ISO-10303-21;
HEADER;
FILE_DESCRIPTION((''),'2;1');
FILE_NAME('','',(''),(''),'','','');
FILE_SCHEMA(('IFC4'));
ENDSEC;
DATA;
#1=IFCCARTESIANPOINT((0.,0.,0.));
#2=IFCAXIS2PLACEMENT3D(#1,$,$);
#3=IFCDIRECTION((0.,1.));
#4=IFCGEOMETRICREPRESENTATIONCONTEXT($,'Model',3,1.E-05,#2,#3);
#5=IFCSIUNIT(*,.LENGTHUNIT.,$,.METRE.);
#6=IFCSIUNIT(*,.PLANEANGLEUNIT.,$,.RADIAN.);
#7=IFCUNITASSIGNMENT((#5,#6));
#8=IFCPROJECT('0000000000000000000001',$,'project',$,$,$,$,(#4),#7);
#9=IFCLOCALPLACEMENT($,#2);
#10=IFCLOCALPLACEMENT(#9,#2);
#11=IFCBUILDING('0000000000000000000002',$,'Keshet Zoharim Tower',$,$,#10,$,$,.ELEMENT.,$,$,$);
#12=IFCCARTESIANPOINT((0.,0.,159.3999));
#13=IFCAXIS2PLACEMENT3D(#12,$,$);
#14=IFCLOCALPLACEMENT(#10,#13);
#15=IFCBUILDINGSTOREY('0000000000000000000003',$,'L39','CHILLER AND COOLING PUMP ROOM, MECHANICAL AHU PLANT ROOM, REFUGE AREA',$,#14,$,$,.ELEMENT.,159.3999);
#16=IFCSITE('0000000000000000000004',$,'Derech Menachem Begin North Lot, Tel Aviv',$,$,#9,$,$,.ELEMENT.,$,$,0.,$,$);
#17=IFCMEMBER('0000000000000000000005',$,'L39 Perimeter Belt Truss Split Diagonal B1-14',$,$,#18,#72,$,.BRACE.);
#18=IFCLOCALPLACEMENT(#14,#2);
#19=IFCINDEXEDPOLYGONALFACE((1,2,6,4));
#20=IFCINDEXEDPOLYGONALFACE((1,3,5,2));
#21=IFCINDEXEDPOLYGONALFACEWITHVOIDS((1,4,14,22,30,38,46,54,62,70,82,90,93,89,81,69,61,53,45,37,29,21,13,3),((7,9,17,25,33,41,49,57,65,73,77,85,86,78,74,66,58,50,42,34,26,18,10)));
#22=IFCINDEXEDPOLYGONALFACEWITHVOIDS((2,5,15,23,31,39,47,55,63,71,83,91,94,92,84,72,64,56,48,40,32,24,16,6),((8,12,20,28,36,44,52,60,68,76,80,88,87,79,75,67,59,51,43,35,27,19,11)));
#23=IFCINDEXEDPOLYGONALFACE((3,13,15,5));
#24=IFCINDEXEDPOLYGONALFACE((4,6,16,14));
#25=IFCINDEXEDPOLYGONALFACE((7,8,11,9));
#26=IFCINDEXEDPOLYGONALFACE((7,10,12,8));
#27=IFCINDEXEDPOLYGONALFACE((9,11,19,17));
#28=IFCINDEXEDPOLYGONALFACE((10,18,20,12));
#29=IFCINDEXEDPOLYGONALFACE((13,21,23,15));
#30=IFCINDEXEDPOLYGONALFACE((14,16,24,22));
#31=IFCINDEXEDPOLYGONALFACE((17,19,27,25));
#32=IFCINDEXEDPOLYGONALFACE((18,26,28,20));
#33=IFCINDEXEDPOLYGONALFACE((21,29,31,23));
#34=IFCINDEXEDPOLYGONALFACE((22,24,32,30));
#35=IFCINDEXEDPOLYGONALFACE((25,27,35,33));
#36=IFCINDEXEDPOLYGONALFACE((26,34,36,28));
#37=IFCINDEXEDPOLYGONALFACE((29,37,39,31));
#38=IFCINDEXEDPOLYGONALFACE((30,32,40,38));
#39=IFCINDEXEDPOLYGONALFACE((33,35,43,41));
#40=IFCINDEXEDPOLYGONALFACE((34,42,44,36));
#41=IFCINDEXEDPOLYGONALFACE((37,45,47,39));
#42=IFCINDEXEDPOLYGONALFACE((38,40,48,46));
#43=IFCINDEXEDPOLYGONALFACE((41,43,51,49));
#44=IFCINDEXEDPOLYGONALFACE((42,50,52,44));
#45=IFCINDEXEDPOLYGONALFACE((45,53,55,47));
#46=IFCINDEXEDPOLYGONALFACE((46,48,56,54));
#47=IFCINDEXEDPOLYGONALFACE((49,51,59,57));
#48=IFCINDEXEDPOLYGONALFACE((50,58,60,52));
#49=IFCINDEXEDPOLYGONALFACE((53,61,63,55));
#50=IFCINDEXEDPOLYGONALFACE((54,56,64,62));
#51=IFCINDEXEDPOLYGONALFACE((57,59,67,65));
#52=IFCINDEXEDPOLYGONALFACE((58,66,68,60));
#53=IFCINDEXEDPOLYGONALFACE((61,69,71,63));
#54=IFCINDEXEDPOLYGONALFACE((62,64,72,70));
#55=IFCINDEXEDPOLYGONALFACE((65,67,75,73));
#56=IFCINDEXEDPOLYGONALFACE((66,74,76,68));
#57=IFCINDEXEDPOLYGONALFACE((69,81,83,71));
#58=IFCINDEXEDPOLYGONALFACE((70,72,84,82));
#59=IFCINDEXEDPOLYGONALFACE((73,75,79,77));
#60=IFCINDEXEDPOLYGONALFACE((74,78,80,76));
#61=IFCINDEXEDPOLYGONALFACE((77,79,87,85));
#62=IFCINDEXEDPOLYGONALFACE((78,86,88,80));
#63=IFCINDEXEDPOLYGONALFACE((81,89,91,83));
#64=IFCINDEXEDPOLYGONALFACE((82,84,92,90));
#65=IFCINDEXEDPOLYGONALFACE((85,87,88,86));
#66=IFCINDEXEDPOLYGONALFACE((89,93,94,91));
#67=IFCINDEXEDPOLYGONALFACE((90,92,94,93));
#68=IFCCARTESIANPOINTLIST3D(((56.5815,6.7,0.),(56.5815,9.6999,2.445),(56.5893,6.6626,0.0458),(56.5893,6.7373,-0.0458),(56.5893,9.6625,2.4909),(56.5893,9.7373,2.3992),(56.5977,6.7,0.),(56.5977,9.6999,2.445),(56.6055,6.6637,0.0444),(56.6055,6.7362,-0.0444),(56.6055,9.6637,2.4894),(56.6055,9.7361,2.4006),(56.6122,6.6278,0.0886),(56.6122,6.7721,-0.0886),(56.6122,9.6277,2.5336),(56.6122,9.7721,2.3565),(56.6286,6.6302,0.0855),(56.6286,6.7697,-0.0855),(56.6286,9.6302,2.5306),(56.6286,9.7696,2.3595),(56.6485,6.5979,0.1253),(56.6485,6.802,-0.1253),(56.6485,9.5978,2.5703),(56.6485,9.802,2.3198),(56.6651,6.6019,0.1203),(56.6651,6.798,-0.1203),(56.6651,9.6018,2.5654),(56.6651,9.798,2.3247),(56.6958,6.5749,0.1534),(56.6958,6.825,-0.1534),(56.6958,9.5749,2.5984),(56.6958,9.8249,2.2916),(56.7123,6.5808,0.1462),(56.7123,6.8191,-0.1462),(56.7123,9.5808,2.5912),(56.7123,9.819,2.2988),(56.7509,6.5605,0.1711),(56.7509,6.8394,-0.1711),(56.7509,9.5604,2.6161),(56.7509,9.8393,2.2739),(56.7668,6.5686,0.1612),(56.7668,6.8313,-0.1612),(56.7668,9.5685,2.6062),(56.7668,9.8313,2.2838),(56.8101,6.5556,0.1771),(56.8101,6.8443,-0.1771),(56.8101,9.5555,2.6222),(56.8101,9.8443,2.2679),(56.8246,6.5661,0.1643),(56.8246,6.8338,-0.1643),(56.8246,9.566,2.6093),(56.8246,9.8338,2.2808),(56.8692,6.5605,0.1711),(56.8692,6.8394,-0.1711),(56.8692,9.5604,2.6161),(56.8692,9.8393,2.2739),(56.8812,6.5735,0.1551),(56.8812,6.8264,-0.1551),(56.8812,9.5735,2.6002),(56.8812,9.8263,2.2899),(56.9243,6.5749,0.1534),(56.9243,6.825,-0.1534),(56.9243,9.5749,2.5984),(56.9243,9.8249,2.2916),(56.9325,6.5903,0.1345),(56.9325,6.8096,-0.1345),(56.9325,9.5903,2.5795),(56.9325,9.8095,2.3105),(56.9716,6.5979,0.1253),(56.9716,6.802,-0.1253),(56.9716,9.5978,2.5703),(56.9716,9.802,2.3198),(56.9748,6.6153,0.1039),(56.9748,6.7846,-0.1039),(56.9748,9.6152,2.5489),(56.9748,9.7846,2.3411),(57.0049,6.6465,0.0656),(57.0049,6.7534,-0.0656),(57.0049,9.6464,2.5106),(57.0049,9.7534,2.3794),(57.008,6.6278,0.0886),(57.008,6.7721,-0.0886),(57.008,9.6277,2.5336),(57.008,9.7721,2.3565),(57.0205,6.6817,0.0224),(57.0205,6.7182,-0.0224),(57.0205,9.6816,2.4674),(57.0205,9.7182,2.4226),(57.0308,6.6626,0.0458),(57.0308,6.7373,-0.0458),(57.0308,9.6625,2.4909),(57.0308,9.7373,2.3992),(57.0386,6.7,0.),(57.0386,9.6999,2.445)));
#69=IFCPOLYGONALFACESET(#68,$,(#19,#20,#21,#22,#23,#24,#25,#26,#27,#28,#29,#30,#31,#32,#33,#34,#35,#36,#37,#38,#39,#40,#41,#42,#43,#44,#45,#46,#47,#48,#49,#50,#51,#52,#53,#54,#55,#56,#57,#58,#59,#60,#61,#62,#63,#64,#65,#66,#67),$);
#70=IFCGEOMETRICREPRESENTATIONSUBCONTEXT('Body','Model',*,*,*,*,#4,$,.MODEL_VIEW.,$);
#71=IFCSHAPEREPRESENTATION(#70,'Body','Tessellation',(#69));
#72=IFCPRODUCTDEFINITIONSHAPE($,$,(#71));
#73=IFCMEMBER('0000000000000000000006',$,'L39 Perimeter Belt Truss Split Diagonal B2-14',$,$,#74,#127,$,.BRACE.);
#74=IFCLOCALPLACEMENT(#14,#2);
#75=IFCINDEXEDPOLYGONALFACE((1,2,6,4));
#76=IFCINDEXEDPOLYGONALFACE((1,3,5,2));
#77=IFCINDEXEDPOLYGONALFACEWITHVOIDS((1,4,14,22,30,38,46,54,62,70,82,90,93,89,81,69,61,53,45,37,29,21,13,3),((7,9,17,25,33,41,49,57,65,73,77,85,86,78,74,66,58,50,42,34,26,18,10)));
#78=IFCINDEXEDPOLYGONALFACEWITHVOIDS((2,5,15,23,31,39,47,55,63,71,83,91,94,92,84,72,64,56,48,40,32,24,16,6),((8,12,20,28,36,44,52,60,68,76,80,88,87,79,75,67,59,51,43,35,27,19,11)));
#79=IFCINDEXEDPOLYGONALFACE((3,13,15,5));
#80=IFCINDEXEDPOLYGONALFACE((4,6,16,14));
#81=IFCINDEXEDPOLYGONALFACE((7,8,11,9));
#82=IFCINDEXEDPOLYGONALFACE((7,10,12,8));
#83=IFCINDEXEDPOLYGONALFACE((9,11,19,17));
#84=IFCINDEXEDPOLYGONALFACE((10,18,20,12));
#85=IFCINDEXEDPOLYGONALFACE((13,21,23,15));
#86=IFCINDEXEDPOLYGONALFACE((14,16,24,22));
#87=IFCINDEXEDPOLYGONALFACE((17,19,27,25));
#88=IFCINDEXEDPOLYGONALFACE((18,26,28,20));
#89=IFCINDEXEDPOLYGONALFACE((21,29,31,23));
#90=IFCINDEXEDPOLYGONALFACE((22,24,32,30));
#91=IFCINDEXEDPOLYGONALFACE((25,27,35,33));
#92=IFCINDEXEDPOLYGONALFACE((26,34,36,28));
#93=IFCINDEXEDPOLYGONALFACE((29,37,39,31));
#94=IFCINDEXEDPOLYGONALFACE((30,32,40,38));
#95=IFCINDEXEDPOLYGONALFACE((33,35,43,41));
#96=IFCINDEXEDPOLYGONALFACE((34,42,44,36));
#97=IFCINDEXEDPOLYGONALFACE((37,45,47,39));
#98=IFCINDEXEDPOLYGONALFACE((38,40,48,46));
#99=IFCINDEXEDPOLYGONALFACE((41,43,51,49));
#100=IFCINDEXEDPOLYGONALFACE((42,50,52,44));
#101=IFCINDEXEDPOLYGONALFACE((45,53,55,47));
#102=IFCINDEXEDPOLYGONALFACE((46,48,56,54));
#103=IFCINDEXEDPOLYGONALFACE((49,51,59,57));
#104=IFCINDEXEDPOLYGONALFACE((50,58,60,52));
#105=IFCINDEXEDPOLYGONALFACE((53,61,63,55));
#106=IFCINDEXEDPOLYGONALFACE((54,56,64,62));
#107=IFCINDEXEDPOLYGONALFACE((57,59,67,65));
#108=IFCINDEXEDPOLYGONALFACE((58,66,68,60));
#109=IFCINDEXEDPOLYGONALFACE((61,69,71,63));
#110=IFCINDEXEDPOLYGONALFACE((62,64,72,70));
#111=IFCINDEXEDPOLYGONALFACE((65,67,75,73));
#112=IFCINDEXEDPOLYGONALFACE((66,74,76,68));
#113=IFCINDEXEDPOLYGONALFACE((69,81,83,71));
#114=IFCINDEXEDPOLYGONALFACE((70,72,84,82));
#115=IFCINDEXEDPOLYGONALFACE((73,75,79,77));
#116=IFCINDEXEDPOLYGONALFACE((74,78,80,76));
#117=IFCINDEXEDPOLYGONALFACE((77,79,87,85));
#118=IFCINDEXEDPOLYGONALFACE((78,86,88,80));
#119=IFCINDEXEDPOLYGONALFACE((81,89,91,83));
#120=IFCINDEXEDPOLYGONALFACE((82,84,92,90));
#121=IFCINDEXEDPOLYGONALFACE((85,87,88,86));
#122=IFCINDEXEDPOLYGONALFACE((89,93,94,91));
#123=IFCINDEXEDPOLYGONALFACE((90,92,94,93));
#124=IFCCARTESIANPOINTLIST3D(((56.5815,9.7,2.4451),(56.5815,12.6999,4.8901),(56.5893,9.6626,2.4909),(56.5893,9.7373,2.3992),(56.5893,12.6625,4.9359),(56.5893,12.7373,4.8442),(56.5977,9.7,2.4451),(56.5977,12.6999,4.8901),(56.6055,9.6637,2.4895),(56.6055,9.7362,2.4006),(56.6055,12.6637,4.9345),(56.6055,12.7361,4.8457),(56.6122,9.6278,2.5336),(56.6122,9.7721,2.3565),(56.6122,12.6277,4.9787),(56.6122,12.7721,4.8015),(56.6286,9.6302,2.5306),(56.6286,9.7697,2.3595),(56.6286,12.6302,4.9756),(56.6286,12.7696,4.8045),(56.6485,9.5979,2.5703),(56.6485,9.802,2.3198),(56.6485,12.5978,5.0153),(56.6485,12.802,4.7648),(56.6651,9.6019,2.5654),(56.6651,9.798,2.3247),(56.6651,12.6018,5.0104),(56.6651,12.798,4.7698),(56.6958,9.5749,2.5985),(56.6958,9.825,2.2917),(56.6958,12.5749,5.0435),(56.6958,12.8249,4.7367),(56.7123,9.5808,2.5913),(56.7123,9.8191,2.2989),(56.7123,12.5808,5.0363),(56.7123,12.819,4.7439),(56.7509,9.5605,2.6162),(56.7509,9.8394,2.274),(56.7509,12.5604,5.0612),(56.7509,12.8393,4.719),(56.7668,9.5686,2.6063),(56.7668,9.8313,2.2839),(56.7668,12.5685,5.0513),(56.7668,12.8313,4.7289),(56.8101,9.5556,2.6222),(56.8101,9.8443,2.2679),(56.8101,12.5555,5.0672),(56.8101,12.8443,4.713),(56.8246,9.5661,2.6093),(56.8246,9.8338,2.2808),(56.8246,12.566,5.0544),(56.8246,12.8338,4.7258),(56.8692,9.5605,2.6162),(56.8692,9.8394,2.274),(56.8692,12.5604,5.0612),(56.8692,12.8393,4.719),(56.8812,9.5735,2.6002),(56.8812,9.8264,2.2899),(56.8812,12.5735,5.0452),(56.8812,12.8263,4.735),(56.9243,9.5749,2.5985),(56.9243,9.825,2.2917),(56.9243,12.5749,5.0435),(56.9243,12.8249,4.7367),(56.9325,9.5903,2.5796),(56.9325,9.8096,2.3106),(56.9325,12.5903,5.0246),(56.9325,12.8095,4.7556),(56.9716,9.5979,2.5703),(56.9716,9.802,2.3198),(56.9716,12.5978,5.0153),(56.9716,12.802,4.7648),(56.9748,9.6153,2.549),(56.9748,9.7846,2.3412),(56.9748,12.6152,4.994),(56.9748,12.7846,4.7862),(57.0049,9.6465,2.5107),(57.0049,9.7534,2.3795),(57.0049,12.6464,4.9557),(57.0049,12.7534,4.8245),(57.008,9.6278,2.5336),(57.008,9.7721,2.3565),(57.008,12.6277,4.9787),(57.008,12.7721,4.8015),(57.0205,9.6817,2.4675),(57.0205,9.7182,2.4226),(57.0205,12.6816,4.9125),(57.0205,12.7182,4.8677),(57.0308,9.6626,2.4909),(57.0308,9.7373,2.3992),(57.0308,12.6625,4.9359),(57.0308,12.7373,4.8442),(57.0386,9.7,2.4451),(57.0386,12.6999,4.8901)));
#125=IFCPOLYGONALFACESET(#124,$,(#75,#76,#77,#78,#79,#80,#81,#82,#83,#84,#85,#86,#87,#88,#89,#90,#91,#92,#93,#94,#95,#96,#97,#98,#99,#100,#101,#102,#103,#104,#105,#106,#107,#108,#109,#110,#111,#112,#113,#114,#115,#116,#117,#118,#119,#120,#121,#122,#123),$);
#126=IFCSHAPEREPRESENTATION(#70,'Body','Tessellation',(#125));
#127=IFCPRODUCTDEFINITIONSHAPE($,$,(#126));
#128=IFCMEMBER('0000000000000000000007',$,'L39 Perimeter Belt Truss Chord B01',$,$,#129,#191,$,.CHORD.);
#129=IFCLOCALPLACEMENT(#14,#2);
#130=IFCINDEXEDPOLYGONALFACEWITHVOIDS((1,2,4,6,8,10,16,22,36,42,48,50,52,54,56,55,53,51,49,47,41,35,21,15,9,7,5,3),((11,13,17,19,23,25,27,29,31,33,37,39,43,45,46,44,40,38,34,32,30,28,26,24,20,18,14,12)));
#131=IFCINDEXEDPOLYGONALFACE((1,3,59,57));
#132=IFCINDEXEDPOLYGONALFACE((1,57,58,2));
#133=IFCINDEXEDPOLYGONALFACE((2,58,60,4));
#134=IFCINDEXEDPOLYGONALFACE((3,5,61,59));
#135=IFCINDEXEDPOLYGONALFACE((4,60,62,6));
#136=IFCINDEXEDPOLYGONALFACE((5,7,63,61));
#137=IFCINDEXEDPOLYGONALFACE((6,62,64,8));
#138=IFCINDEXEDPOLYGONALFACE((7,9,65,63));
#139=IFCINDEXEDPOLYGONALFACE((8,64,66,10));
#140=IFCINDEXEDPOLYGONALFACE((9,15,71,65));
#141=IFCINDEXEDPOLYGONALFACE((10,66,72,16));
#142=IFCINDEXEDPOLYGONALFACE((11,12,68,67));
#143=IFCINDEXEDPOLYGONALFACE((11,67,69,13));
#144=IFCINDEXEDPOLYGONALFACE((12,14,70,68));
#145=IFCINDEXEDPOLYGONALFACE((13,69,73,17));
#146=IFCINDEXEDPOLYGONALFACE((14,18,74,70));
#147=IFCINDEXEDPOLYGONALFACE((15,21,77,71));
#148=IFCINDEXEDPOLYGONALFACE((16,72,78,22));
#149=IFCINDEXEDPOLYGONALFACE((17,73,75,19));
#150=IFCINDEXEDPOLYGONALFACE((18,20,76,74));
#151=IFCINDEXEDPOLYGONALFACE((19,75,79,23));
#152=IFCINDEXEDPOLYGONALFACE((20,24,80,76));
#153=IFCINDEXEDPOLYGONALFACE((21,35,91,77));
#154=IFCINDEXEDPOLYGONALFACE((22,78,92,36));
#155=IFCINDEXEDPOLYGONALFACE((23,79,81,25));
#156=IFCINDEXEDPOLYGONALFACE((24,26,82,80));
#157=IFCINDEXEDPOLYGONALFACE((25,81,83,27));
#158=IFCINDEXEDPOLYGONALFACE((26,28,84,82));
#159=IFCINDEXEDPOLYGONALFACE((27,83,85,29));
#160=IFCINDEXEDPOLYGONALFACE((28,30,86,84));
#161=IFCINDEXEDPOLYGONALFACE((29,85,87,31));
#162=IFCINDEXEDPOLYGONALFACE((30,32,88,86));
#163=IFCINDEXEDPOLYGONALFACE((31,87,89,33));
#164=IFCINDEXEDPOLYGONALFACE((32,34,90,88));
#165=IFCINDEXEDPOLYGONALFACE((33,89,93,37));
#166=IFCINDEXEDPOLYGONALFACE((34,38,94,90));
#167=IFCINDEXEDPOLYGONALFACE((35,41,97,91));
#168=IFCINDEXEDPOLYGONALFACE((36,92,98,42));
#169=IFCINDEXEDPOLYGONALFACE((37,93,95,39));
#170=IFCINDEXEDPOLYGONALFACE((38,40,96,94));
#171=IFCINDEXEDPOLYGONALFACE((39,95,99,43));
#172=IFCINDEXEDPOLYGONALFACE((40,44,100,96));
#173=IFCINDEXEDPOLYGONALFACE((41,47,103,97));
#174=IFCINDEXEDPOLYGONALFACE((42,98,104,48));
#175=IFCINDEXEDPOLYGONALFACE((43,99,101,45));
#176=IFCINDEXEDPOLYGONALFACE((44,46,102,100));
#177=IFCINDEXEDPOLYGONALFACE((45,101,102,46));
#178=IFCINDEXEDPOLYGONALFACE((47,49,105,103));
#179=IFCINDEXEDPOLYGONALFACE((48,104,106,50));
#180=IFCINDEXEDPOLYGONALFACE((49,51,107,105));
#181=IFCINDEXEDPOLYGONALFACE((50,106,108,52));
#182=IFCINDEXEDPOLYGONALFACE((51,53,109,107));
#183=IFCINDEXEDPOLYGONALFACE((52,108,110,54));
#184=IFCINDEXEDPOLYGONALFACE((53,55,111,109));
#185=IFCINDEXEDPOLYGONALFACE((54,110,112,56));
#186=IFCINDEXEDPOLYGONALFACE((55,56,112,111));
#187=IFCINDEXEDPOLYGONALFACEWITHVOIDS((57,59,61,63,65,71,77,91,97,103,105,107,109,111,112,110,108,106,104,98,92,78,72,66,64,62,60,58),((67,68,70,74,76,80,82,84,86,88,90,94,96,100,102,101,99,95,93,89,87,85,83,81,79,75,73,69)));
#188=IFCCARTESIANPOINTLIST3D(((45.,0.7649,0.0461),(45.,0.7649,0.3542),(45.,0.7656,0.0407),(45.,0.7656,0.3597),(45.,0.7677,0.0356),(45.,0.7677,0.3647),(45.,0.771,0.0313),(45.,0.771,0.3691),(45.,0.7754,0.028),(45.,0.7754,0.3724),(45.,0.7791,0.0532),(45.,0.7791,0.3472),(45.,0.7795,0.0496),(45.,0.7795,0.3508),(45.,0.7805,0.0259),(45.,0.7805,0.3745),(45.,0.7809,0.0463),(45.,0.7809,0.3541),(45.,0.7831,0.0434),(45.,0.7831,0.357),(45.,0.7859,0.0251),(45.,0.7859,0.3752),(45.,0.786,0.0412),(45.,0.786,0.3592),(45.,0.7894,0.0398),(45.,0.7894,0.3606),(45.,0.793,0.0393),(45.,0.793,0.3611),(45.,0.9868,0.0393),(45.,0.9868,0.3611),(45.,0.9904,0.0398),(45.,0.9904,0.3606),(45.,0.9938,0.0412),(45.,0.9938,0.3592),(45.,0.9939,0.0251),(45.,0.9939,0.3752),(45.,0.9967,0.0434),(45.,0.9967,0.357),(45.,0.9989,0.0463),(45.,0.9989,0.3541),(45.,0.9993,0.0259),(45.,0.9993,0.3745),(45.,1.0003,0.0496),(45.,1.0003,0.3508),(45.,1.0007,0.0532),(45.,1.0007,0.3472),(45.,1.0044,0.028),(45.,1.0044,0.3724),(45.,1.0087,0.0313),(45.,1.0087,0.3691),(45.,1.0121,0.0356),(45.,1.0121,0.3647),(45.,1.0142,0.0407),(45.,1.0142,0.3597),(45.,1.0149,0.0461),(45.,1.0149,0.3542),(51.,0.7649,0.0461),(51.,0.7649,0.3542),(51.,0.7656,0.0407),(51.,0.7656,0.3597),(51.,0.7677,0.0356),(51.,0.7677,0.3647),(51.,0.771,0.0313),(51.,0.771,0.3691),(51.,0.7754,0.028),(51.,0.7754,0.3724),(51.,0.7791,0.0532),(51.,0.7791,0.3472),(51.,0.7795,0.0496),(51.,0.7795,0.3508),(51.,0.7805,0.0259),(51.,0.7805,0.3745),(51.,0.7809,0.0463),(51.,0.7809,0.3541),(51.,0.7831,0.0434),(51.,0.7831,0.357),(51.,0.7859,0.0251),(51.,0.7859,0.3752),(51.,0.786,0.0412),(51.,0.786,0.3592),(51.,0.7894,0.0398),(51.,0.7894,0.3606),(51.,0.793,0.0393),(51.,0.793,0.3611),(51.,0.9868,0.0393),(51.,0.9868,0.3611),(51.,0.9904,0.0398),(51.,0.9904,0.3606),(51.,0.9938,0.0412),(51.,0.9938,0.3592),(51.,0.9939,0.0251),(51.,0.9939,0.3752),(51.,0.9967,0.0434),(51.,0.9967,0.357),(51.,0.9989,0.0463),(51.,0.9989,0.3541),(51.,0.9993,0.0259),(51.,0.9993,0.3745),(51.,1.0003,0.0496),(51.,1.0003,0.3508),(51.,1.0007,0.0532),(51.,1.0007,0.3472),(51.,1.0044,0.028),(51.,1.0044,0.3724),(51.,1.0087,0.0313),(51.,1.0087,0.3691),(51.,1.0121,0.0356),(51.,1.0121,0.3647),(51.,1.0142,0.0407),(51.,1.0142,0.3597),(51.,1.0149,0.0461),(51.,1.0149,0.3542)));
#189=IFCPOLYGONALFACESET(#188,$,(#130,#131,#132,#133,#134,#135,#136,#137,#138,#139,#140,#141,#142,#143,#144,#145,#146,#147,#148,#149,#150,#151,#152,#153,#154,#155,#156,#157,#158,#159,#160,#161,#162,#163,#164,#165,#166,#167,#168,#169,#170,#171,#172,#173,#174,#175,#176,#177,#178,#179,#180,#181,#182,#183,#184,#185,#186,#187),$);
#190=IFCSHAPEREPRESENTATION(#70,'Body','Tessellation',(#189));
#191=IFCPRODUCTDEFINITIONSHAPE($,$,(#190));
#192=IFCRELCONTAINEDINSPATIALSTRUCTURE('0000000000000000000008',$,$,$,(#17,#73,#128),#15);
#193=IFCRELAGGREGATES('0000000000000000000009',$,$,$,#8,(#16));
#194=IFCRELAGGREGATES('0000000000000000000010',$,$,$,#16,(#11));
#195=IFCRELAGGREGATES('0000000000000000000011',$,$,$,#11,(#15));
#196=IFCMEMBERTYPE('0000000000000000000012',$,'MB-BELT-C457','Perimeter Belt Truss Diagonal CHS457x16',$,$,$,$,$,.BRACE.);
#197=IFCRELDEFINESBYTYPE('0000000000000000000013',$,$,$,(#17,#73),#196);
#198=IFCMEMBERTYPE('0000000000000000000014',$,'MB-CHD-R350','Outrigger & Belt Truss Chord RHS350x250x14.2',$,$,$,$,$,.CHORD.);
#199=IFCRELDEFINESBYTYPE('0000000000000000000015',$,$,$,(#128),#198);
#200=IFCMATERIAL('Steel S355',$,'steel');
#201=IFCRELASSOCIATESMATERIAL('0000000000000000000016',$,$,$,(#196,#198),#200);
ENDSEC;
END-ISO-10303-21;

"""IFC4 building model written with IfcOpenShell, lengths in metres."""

from ifc_helpers import new_model, si_unit, direction, frame, origin, origin_2d, place, context, subcontext, project, spatial, hollow_rectangle, hollow_circle, extrude, material, material_profile, profile_set, type_object, element, save


model = new_model("IFC4")

# Units and contexts
model_context = context("Model", 3, precision=1e-05, world=origin(), true_north=direction((0.0, 1.0)))
body_context = subcontext(model_context, "Body", "Model", "MODEL_VIEW")
ifc_project = project(units=[si_unit("LENGTHUNIT", "METRE"), si_unit("PLANEANGLEUNIT", "RADIAN")], contexts=[model_context])

# Site, building, storey
site_placement = place(None, origin())
site = spatial("IfcSite", under=ifc_project, at=site_placement, Name="Derech Menachem Begin North Lot, Tel Aviv", CompositionType="ELEMENT", RefElevation=0.0)
building_placement = place(site_placement, origin())
building = spatial("IfcBuilding", under=site, at=building_placement, Name="Keshet Zoharim Tower", CompositionType="ELEMENT")
storey_placement = place(building_placement, frame((0.0, 0.0, 159.3999)))
storey = spatial("IfcBuildingStorey", under=building, at=storey_placement, Name="L39", Description="CHILLER AND COOLING PUMP ROOM, MECHANICAL AHU PLANT ROOM, REFUGE AREA", CompositionType="ELEMENT", Elevation=159.3999)

# Shared definitions
ifc_material_1 = material(Name="Steel S355", Category="steel")

# Members
ifc_material_profile_1 = material_profile(ifc_material_1, hollow_circle(Radius=0.2285, WallThickness=0.0161, at=origin_2d()), Name="CHS457x16")
ifc_profile_set_1 = profile_set([ifc_material_profile_1], Name="Steel S355")
member_type_1 = type_object("IfcMemberType", Name="MB-BELT-C457", Description="Perimeter Belt Truss Diagonal CHS457x16", PredefinedType="BRACE", material=ifc_profile_set_1)
for number, where, z_axis, x_axis, name in (
    (1, (56.8101, 6.7, 0.0), (0.0, 0.775156, 0.63177), (-1.0, 0.0, 0.0), "L39 Perimeter Belt Truss Split Diagonal B1-14"),
    (2, (56.8101, 9.7, 2.4451), (0.0, 0.775156, 0.63177), (-1.0, 0.0, 0.0), "L39 Perimeter Belt Truss Split Diagonal B2-14"),
):
    element("IfcMember", number, at=place(storey_placement, frame(where, z_axis=z_axis, x_axis=x_axis)), inside=storey, type_object=member_type_1, Name=name, PredefinedType="BRACE", context=body_context, shape_type="SweptSolid", body=[
        extrude(hollow_circle(Radius=0.2285, WallThickness=0.0161, at=origin_2d()), origin(), (0.0, 0.0, 1.0), 3.8701),
    ])
ifc_material_profile_2 = material_profile(ifc_material_1, hollow_rectangle(XDim=0.25, YDim=0.3501, WallThickness=0.0142, InnerFilletRadius=0.0139, OuterFilletRadius=0.021, at=origin_2d()), Name="RHS350x250x14.2")
ifc_profile_set_2 = profile_set([ifc_material_profile_2], Name="Steel S355")
member_type_2 = type_object("IfcMemberType", Name="MB-CHD-R350", Description="Outrigger & Belt Truss Chord RHS350x250x14.2", PredefinedType="CHORD", material=ifc_profile_set_2)
for number, where, z_axis, x_axis, name in (
    (3, (51.0, 0.8899, 0.2002), (-1.0, 0.0, 0.0), (0.0, -1.0, 0.0), "L39 Perimeter Belt Truss Chord B01"),
):
    element("IfcMember", number, at=place(storey_placement, frame(where, z_axis=z_axis, x_axis=x_axis)), inside=storey, type_object=member_type_2, Name=name, PredefinedType="CHORD", context=body_context, shape_type="SweptSolid", body=[
        extrude(hollow_rectangle(XDim=0.25, YDim=0.3501, WallThickness=0.0142, InnerFilletRadius=0.0139, OuterFilletRadius=0.021, at=origin_2d()), origin(), (0.0, 0.0, 1.0), 6.0),
    ])

save(model, "model.ifc")
